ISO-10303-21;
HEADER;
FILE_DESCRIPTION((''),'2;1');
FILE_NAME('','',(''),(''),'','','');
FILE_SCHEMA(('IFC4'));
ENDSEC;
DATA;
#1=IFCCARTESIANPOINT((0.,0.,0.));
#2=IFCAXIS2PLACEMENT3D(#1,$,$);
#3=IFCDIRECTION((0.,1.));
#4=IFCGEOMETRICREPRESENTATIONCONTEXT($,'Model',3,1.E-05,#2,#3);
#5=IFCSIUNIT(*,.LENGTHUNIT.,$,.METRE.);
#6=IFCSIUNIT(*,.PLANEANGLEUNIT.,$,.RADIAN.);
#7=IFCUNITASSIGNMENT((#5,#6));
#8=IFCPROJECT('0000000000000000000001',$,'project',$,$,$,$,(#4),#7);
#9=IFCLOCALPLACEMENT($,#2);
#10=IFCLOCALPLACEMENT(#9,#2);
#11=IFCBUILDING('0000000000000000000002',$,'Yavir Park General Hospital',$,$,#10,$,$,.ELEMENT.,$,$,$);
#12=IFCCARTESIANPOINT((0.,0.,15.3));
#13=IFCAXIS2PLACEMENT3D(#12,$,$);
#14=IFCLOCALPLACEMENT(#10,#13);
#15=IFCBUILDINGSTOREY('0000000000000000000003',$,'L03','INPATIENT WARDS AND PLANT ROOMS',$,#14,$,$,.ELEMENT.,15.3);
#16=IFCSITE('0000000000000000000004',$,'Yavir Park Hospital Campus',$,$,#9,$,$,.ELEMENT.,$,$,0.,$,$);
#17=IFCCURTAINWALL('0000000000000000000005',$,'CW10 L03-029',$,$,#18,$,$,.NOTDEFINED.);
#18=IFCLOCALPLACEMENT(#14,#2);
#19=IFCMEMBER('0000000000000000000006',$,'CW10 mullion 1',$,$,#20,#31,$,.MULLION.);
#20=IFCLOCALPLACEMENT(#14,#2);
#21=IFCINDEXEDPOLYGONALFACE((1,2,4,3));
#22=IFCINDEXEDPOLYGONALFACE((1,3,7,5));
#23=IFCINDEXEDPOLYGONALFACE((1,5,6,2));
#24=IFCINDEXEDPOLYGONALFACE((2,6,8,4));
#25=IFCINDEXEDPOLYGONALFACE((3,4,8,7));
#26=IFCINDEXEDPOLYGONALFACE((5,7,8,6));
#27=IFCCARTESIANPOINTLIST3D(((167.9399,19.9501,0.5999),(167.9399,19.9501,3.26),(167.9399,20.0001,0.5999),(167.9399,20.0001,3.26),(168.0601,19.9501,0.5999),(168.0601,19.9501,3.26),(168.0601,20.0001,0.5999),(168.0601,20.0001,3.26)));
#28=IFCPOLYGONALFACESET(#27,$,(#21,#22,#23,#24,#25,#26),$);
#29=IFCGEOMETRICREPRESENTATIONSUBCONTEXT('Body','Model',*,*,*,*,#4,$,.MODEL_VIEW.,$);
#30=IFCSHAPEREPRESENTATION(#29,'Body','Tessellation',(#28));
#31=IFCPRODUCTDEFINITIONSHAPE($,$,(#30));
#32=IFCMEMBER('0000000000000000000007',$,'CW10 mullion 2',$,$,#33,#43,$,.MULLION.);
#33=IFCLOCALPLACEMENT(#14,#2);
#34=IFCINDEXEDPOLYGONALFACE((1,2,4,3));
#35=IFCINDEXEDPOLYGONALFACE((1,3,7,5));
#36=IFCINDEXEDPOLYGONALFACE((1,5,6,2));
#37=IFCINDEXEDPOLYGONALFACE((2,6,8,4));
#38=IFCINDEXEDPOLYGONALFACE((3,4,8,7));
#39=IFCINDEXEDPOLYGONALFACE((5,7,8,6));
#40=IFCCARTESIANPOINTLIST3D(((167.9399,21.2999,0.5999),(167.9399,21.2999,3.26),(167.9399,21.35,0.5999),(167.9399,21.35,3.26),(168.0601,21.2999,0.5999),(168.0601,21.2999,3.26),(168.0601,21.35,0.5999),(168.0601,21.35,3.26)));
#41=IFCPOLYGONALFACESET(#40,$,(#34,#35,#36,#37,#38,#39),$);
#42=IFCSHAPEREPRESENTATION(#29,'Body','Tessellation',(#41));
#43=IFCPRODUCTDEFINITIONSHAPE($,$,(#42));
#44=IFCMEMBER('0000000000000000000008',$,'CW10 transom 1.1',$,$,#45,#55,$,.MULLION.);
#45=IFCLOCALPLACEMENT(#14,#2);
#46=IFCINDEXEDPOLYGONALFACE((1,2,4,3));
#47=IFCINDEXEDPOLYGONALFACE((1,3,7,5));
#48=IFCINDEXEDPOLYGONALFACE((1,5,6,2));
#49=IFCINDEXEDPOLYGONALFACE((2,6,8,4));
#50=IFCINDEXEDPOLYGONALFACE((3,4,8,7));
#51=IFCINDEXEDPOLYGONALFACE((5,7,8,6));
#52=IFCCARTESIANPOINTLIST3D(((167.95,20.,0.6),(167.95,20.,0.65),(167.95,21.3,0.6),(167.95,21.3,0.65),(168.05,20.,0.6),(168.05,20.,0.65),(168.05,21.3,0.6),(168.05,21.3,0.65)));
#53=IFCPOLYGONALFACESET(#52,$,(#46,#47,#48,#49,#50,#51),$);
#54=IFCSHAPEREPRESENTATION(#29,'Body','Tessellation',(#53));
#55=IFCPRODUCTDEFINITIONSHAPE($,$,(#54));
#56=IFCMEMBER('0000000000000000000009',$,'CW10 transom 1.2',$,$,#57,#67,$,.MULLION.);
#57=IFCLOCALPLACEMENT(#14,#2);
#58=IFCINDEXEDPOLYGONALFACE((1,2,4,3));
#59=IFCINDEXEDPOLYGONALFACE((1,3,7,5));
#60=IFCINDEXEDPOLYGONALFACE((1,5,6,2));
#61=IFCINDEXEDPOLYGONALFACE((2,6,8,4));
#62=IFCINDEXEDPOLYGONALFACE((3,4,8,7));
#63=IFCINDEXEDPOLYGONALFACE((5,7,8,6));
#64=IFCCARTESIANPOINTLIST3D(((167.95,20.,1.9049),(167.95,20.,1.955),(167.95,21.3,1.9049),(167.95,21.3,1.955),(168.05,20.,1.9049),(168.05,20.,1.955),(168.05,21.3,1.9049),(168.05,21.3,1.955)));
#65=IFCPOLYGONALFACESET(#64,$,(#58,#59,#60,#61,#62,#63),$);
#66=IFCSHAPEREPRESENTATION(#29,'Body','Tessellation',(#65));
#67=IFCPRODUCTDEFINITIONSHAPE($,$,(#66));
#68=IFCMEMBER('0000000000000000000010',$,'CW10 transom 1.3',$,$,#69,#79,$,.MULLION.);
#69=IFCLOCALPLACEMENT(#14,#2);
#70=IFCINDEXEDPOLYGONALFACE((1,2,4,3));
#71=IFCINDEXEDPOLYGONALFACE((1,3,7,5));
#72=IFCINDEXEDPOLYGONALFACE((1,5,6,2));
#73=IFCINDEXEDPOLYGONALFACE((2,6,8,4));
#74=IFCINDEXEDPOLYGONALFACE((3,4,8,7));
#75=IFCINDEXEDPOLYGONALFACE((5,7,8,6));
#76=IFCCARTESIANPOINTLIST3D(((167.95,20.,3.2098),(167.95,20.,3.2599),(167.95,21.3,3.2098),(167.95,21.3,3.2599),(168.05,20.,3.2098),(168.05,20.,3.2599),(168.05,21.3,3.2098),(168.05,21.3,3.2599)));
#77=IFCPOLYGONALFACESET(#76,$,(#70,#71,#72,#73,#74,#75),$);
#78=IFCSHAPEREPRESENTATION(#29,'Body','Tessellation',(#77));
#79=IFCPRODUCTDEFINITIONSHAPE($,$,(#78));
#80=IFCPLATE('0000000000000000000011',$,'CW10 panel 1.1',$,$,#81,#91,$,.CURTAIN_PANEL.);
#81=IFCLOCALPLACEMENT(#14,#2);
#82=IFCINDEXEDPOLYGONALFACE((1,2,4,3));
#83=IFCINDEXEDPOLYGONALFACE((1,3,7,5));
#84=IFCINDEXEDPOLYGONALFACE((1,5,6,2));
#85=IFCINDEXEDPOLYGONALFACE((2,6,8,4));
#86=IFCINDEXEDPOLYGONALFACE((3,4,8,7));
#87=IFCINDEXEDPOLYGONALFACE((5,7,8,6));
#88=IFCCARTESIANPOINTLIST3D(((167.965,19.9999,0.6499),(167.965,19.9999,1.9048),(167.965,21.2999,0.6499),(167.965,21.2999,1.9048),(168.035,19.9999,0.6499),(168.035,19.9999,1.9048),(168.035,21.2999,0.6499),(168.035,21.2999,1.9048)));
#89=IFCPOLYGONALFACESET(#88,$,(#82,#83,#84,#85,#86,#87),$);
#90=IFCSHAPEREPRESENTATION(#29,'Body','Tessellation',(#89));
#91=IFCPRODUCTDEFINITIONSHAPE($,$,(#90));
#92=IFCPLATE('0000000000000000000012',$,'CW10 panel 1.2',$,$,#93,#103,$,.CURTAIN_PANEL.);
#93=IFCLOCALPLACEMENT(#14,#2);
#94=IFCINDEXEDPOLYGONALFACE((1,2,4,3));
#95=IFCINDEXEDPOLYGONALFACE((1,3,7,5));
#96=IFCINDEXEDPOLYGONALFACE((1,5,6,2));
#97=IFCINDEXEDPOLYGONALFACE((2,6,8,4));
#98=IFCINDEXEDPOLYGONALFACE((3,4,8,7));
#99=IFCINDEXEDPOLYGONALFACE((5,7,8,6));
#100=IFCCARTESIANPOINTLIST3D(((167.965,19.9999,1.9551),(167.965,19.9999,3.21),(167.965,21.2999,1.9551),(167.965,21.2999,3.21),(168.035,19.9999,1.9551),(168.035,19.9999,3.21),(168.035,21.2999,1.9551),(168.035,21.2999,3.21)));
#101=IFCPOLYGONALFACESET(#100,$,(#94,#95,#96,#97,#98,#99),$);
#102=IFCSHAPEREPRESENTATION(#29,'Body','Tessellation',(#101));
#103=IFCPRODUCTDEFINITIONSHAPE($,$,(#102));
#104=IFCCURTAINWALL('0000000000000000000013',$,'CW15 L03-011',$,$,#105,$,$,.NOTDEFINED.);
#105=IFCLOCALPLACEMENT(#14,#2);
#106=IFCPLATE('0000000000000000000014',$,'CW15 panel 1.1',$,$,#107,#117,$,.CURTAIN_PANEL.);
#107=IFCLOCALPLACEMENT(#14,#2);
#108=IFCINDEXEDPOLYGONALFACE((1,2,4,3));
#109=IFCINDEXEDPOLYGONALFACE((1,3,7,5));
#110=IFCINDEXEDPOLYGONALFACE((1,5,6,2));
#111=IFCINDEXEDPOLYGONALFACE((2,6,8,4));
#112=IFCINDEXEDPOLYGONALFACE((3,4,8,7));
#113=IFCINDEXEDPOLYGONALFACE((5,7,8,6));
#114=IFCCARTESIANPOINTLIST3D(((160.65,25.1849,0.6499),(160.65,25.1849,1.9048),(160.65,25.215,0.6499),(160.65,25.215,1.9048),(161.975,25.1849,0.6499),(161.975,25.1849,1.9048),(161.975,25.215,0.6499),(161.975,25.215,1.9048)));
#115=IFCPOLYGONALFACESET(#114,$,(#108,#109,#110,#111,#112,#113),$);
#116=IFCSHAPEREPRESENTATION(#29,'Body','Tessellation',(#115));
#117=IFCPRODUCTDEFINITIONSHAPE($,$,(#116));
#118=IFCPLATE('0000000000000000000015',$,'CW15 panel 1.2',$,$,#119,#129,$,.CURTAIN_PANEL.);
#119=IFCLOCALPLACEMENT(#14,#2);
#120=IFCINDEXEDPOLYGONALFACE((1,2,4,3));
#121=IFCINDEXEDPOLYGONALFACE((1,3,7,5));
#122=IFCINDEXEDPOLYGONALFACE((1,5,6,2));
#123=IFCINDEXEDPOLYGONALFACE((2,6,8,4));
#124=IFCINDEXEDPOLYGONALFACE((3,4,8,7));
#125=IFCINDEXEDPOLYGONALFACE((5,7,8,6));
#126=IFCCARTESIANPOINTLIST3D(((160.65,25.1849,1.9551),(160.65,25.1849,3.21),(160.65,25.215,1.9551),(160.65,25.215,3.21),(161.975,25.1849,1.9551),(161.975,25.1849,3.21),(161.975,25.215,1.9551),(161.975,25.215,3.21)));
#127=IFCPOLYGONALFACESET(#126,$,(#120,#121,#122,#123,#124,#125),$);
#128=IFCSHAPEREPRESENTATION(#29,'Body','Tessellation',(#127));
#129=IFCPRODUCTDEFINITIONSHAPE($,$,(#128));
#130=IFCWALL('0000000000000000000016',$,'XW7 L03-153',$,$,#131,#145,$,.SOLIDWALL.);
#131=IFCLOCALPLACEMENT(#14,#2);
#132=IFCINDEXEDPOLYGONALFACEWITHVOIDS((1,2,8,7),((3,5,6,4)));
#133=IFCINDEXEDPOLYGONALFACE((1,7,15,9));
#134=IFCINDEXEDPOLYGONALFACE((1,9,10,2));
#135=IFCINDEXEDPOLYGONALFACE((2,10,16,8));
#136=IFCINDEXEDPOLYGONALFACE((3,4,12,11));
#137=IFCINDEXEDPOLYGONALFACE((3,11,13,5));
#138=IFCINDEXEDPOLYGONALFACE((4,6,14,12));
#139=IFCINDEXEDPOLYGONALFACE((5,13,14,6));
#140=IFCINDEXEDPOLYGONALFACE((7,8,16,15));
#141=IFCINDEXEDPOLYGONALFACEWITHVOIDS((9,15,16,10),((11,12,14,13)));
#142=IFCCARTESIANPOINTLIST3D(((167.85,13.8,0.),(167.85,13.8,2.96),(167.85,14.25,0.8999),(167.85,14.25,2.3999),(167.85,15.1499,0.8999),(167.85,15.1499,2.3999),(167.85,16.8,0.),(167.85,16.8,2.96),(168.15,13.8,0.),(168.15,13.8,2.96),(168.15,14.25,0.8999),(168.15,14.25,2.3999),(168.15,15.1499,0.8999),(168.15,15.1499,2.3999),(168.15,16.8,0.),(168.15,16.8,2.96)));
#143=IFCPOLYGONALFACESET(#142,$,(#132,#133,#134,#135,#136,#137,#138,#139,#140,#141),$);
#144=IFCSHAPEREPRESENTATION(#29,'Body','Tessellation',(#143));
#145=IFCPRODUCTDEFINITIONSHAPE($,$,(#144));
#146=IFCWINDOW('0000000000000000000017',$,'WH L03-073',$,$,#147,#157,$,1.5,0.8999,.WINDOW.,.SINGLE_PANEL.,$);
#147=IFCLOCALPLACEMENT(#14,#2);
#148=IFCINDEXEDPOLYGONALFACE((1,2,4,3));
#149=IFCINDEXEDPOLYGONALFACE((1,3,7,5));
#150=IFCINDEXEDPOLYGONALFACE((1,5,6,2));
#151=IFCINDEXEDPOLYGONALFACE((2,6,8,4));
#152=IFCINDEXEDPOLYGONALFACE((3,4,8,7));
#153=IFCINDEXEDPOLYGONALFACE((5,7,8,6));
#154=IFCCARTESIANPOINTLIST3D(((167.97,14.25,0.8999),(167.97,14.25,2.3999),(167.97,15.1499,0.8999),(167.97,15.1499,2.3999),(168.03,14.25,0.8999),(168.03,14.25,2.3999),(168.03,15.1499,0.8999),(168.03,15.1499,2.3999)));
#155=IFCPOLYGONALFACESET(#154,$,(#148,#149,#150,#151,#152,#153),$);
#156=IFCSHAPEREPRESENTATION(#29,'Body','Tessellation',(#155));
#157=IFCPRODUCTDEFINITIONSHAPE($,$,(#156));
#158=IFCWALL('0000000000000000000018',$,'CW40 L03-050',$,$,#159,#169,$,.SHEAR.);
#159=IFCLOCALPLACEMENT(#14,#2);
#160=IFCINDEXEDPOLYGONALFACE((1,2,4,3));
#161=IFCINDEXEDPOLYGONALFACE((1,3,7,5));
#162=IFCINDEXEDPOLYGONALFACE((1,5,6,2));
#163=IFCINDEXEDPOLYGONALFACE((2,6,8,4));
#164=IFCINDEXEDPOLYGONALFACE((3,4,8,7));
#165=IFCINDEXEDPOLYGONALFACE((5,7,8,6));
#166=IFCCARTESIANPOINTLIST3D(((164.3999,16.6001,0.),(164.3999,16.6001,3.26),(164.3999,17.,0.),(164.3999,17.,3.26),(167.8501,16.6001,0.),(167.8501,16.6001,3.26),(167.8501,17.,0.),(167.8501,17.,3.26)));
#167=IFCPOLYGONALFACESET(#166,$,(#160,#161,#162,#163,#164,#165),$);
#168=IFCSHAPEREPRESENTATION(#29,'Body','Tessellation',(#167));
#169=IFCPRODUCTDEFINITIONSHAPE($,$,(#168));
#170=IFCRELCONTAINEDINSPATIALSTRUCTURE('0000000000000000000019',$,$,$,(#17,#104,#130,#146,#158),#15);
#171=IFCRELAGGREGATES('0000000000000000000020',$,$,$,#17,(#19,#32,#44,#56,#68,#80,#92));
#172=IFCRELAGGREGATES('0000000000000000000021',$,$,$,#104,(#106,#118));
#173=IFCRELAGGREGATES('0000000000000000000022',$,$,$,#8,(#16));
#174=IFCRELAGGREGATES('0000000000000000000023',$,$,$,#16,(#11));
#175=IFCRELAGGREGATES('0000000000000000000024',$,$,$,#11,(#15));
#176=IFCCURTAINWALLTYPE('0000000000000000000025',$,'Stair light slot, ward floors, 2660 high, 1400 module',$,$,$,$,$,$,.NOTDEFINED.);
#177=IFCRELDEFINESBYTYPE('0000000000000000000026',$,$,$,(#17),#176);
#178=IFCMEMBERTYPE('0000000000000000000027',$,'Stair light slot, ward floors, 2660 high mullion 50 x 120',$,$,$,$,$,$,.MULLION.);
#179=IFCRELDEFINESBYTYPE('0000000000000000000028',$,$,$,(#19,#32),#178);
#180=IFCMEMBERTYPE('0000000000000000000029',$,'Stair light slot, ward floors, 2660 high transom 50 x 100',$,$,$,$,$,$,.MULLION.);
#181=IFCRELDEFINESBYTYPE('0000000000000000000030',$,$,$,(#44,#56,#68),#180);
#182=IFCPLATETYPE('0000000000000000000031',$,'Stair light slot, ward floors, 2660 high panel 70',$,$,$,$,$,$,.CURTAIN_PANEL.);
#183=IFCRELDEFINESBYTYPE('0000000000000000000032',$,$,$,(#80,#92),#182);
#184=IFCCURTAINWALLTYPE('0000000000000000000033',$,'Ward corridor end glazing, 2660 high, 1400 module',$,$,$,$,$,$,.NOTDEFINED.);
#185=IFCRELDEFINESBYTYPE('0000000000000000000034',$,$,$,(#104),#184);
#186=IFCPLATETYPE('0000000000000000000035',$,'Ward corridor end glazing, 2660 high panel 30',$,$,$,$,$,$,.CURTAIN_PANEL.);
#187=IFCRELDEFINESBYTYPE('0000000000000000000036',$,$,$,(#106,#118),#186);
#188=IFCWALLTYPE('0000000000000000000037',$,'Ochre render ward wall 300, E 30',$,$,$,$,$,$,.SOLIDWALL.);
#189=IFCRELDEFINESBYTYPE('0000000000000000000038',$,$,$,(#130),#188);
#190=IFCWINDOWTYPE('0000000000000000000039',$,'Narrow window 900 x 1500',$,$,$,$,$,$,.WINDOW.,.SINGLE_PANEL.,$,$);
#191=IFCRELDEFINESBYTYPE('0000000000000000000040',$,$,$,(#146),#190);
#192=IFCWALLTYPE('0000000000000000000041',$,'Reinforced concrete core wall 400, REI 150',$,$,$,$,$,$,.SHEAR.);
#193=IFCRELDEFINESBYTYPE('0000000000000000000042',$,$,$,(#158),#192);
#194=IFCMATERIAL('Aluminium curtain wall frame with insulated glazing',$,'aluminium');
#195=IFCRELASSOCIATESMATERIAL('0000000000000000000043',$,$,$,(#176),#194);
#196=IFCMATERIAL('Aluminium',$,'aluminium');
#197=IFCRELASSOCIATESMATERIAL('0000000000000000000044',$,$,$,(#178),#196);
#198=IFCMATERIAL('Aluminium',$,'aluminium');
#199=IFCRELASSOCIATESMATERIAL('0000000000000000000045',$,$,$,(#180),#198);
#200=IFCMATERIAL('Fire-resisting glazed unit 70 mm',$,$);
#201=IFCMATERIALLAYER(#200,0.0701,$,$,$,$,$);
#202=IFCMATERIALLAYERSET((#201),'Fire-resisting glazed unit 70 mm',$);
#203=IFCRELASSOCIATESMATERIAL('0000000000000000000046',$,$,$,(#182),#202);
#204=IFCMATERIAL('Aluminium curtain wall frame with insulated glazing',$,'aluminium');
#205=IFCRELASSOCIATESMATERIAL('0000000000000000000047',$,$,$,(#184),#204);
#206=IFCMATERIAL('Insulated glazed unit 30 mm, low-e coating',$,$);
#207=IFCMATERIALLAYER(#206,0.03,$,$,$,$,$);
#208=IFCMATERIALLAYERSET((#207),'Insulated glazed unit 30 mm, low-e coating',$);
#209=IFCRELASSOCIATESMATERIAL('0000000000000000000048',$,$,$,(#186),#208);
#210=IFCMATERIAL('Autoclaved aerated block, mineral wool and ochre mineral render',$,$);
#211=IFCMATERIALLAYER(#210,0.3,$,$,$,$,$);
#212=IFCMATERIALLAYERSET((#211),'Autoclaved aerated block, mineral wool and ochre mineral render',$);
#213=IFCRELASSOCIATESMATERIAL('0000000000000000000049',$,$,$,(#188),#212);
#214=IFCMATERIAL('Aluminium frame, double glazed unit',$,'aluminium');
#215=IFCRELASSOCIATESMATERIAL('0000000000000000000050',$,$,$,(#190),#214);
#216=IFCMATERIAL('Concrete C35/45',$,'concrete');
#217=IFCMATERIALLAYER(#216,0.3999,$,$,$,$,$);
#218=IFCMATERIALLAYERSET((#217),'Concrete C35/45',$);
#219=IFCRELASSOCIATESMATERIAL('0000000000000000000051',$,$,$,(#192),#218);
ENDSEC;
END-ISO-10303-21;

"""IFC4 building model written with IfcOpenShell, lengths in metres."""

from ifc_helpers import new_model, si_unit, direction, frame, frame_2d, origin, origin_2d, place, context, subcontext, project, spatial, rectangle, extrude, material, layer, layer_set, material_profile, profile_set, type_object, element, fill, aggregate, save


model = new_model("IFC4")

# Units and contexts
model_context = context("Model", 3, precision=1e-05, world=origin(), true_north=direction((0.0, 1.0)))
body_context = subcontext(model_context, "Body", "Model", "MODEL_VIEW")
ifc_project = project(units=[si_unit("LENGTHUNIT", "METRE"), si_unit("PLANEANGLEUNIT", "RADIAN")], contexts=[model_context])

# Site, building, storey
site_placement = place(None, origin())
site = spatial("IfcSite", under=ifc_project, at=site_placement, Name="Yavir Park Hospital Campus", CompositionType="ELEMENT", RefElevation=0.0)
building_placement = place(site_placement, origin())
building = spatial("IfcBuilding", under=site, at=building_placement, Name="Yavir Park General Hospital", CompositionType="ELEMENT")
storey_placement = place(building_placement, frame((0.0, 0.0, 15.3)))
storey = spatial("IfcBuildingStorey", under=building, at=storey_placement, Name="L03", Description="INPATIENT WARDS AND PLANT ROOMS", CompositionType="ELEMENT", Elevation=15.3)

# Curtain wall, members, plates
ifc_material_1 = material(Name="Aluminium curtain wall frame with insulated glazing", Category="aluminium")
curtain_wall_type_1 = type_object("IfcCurtainWallType", Name="Stair light slot, ward floors, 2660 high, 1400 module", PredefinedType="NOTDEFINED", material=ifc_material_1)
curtain_wall_1_placement = place(storey_placement, origin())
curtain_wall_1 = element("IfcCurtainWall", 1, at=curtain_wall_1_placement, inside=storey, type_object=curtain_wall_type_1, Name="CW10 L03-029", PredefinedType="NOTDEFINED")
ifc_material_2 = material(Name="Aluminium", Category="aluminium")
ifc_material_profile_1 = material_profile(ifc_material_2, rectangle(XDim=0.1201, YDim=0.05, at=origin_2d()), Name="AL 50x120")
ifc_profile_set_1 = profile_set([ifc_material_profile_1], Name="Aluminium")
member_type_1 = type_object("IfcMemberType", Name="Stair light slot, ward floors, 2660 high mullion 50 x 120", PredefinedType="MULLION", material=ifc_profile_set_1)
member_1_placement = place(storey_placement, frame((168.0, 19.9751, 0.5999), z_axis=(0.0, 0.0, 1.0), x_axis=(-1.0, 0.0, 0.0)))
member_1 = element("IfcMember", 2, at=member_1_placement, type_object=member_type_1, Name="CW10 mullion 1", PredefinedType="MULLION", context=body_context, shape_type="SweptSolid", body=[
    extrude(rectangle(XDim=0.1201, YDim=0.05, at=origin_2d()), origin(), (0.0, 0.0, 1.0), 2.6602),
])
member_2_placement = place(storey_placement, frame((168.0, 21.325, 0.5999), z_axis=(0.0, 0.0, 1.0), x_axis=(-1.0, 0.0, 0.0)))
member_2 = element("IfcMember", 3, at=member_2_placement, type_object=member_type_1, Name="CW10 mullion 2", PredefinedType="MULLION", context=body_context, shape_type="SweptSolid", body=[
    extrude(rectangle(XDim=0.1201, YDim=0.05, at=origin_2d()), origin(), (0.0, 0.0, 1.0), 2.6602),
])
ifc_material_3 = material(Name="Aluminium", Category="aluminium")
ifc_material_profile_2 = material_profile(ifc_material_3, rectangle(XDim=0.1001, YDim=0.05, at=origin_2d()), Name="AL 100x50")
ifc_profile_set_2 = profile_set([ifc_material_profile_2], Name="Aluminium")
member_type_2 = type_object("IfcMemberType", Name="Stair light slot, ward floors, 2660 high transom 50 x 100", PredefinedType="MULLION", material=ifc_profile_set_2)
member_3_placement = place(storey_placement, frame((168.0, 20.0, 0.625), z_axis=(0.0, 1.0, 0.0), x_axis=(-1.0, 0.0, 0.0)))
member_3 = element("IfcMember", 4, at=member_3_placement, type_object=member_type_2, Name="CW10 transom 1.1", PredefinedType="MULLION", context=body_context, shape_type="SweptSolid", body=[
    extrude(rectangle(XDim=0.1001, YDim=0.05, at=origin_2d()), origin(), (0.0, 0.0, 1.0), 1.3),
])
member_4_placement = place(storey_placement, frame((168.0, 20.0, 1.9299), z_axis=(0.0, 1.0, 0.0), x_axis=(-1.0, 0.0, 0.0)))
member_4 = element("IfcMember", 5, at=member_4_placement, type_object=member_type_2, Name="CW10 transom 1.2", PredefinedType="MULLION", context=body_context, shape_type="SweptSolid", body=[
    extrude(rectangle(XDim=0.1001, YDim=0.05, at=origin_2d()), origin(), (0.0, 0.0, 1.0), 1.3),
])
member_5_placement = place(storey_placement, frame((168.0, 20.0, 3.2349), z_axis=(0.0, 1.0, 0.0), x_axis=(-1.0, 0.0, 0.0)))
member_5 = element("IfcMember", 6, at=member_5_placement, type_object=member_type_2, Name="CW10 transom 1.3", PredefinedType="MULLION", context=body_context, shape_type="SweptSolid", body=[
    extrude(rectangle(XDim=0.1001, YDim=0.05, at=origin_2d()), origin(), (0.0, 0.0, 1.0), 1.3),
])
ifc_material_4 = material(Name="Fire-resisting glazed unit 70 mm")
ifc_layer_1 = layer(ifc_material_4, 0.0701)
ifc_layer_set_1 = layer_set([ifc_layer_1], Name="Fire-resisting glazed unit 70 mm")
plate_type_1 = type_object("IfcPlateType", Name="Stair light slot, ward floors, 2660 high panel 70", PredefinedType="CURTAIN_PANEL", material=ifc_layer_set_1)
plate_1_placement = place(storey_placement, frame((168.0, 20.6499, 0.6499), z_axis=(0.0, 0.0, 1.0), x_axis=(0.0, 1.0, 0.0)))
plate_1 = element("IfcPlate", 7, at=plate_1_placement, type_object=plate_type_1, Name="CW10 panel 1.1", PredefinedType="CURTAIN_PANEL", context=body_context, shape_type="SweptSolid", body=[
    extrude(rectangle(XDim=1.3, YDim=0.0701, at=origin_2d()), origin(), (0.0, 0.0, 1.0), 1.2549),
])
plate_2_placement = place(storey_placement, frame((168.0, 20.6499, 1.9551), z_axis=(0.0, 0.0, 1.0), x_axis=(0.0, 1.0, 0.0)))
plate_2 = element("IfcPlate", 8, at=plate_2_placement, type_object=plate_type_1, Name="CW10 panel 1.2", PredefinedType="CURTAIN_PANEL", context=body_context, shape_type="SweptSolid", body=[
    extrude(rectangle(XDim=1.3, YDim=0.0701, at=origin_2d()), origin(), (0.0, 0.0, 1.0), 1.2549),
])
aggregate(curtain_wall_1, [member_1, member_2, member_3, member_4, member_5, plate_1, plate_2])

# Curtain wall, plates
ifc_material_5 = material(Name="Aluminium curtain wall frame with insulated glazing", Category="aluminium")
curtain_wall_type_2 = type_object("IfcCurtainWallType", Name="Ward corridor end glazing, 2660 high, 1400 module", PredefinedType="NOTDEFINED", material=ifc_material_5)
curtain_wall_2_placement = place(storey_placement, origin())
curtain_wall_2 = element("IfcCurtainWall", 9, at=curtain_wall_2_placement, inside=storey, type_object=curtain_wall_type_2, Name="CW15 L03-011", PredefinedType="NOTDEFINED")
ifc_material_6 = material(Name="Insulated glazed unit 30 mm, low-e coating")
ifc_layer_2 = layer(ifc_material_6, 0.03)
ifc_layer_set_2 = layer_set([ifc_layer_2], Name="Insulated glazed unit 30 mm, low-e coating")
plate_type_2 = type_object("IfcPlateType", Name="Ward corridor end glazing, 2660 high panel 30", PredefinedType="CURTAIN_PANEL", material=ifc_layer_set_2)
plate_3_placement = place(storey_placement, frame((161.3125, 25.2, 0.6499), z_axis=(0.0, 0.0, 1.0), x_axis=(1.0, 0.0, 0.0)))
plate_3 = element("IfcPlate", 10, at=plate_3_placement, type_object=plate_type_2, Name="CW15 panel 1.1", PredefinedType="CURTAIN_PANEL", context=body_context, shape_type="SweptSolid", body=[
    extrude(rectangle(XDim=1.325, YDim=0.03, at=origin_2d()), origin(), (0.0, 0.0, 1.0), 1.2549),
])
plate_4_placement = place(storey_placement, frame((161.3125, 25.2, 1.9551), z_axis=(0.0, 0.0, 1.0), x_axis=(1.0, 0.0, 0.0)))
plate_4 = element("IfcPlate", 11, at=plate_4_placement, type_object=plate_type_2, Name="CW15 panel 1.2", PredefinedType="CURTAIN_PANEL", context=body_context, shape_type="SweptSolid", body=[
    extrude(rectangle(XDim=1.325, YDim=0.03, at=origin_2d()), origin(), (0.0, 0.0, 1.0), 1.2549),
])
aggregate(curtain_wall_2, [plate_3, plate_4])

# Wall, opening, window
ifc_material_7 = material(Name="Autoclaved aerated block, mineral wool and ochre mineral render")
ifc_layer_3 = layer(ifc_material_7, 0.3)
ifc_layer_set_3 = layer_set([ifc_layer_3], Name="Autoclaved aerated block, mineral wool and ochre mineral render")
wall_type_1 = type_object("IfcWallType", Name="Ochre render ward wall 300, E 30", PredefinedType="SOLIDWALL", material=ifc_layer_set_3)
wall_1_placement = place(storey_placement, frame((168.0, 13.8, 0.0), z_axis=(0.0, 0.0, 1.0), x_axis=(0.0, 1.0, 0.0)))
wall_1 = element("IfcWall", 12, at=wall_1_placement, inside=storey, type_object=wall_type_1, Name="XW7 L03-153", PredefinedType="SOLIDWALL", context=body_context, shape_type="SweptSolid", body=[
    extrude(rectangle(XDim=3.0, YDim=0.3, at=frame_2d((1.5, 0.0))), origin(), (0.0, 0.0, 1.0), 2.96),
])
opening_1_placement = place(wall_1_placement, frame((0.45, 0.0, 0.8999)))
opening_1 = element("IfcOpeningElement", 13, at=opening_1_placement, cuts=wall_1, PredefinedType="OPENING", context=body_context, shape_type="SweptSolid", body=[
    extrude(rectangle(XDim=0.8999, YDim=1.5, at=frame_2d((0.45, 0.75))), frame((0.0, 0.1599, 0.0), z_axis=(0.0, -1.0, 0.0), x_axis=(1.0, 0.0, 0.0)), (0.0, 0.0, 1.0), 0.3201),
])
ifc_material_8 = material(Name="Aluminium frame, double glazed unit", Category="aluminium")
window_type = type_object("IfcWindowType", Name="Narrow window 900 x 1500", PartitioningType="SINGLE_PANEL", PredefinedType="WINDOW", material=ifc_material_8)
window_placement = place(opening_1_placement, origin())
window = element("IfcWindow", 14, at=window_placement, inside=storey, type_object=window_type, Name="WH L03-073", OverallHeight=1.5, OverallWidth=0.8999, PartitioningType="SINGLE_PANEL", PredefinedType="WINDOW", context=body_context, shape_type="SweptSolid", body=[
    extrude(rectangle(XDim=0.8999, YDim=1.5, at=frame_2d((0.45, 0.75))), frame((0.0, 0.03, 0.0), z_axis=(0.0, -1.0, 0.0), x_axis=(1.0, 0.0, 0.0)), (0.0, 0.0, 1.0), 0.0601),
])
fill(opening_1, window)

# Wall
ifc_material_9 = material(Name="Concrete C35/45", Category="concrete")
ifc_layer_4 = layer(ifc_material_9, 0.3999)
ifc_layer_set_4 = layer_set([ifc_layer_4], Name="Concrete C35/45")
wall_type_2 = type_object("IfcWallType", Name="Reinforced concrete core wall 400, REI 150", PredefinedType="SHEAR", material=ifc_layer_set_4)
wall_2_placement = place(storey_placement, frame((164.3999, 16.8, 0.0), z_axis=(0.0, 0.0, 1.0), x_axis=(1.0, 0.0, 0.0)))
element("IfcWall", 15, at=wall_2_placement, inside=storey, type_object=wall_type_2, Name="CW40 L03-050", PredefinedType="SHEAR", context=body_context, shape_type="SweptSolid", body=[
    extrude(rectangle(XDim=3.4502, YDim=0.3999, at=frame_2d((1.7251, 0.0))), origin(), (0.0, 0.0, 1.0), 3.26),
])

save(model, "model.ifc")
